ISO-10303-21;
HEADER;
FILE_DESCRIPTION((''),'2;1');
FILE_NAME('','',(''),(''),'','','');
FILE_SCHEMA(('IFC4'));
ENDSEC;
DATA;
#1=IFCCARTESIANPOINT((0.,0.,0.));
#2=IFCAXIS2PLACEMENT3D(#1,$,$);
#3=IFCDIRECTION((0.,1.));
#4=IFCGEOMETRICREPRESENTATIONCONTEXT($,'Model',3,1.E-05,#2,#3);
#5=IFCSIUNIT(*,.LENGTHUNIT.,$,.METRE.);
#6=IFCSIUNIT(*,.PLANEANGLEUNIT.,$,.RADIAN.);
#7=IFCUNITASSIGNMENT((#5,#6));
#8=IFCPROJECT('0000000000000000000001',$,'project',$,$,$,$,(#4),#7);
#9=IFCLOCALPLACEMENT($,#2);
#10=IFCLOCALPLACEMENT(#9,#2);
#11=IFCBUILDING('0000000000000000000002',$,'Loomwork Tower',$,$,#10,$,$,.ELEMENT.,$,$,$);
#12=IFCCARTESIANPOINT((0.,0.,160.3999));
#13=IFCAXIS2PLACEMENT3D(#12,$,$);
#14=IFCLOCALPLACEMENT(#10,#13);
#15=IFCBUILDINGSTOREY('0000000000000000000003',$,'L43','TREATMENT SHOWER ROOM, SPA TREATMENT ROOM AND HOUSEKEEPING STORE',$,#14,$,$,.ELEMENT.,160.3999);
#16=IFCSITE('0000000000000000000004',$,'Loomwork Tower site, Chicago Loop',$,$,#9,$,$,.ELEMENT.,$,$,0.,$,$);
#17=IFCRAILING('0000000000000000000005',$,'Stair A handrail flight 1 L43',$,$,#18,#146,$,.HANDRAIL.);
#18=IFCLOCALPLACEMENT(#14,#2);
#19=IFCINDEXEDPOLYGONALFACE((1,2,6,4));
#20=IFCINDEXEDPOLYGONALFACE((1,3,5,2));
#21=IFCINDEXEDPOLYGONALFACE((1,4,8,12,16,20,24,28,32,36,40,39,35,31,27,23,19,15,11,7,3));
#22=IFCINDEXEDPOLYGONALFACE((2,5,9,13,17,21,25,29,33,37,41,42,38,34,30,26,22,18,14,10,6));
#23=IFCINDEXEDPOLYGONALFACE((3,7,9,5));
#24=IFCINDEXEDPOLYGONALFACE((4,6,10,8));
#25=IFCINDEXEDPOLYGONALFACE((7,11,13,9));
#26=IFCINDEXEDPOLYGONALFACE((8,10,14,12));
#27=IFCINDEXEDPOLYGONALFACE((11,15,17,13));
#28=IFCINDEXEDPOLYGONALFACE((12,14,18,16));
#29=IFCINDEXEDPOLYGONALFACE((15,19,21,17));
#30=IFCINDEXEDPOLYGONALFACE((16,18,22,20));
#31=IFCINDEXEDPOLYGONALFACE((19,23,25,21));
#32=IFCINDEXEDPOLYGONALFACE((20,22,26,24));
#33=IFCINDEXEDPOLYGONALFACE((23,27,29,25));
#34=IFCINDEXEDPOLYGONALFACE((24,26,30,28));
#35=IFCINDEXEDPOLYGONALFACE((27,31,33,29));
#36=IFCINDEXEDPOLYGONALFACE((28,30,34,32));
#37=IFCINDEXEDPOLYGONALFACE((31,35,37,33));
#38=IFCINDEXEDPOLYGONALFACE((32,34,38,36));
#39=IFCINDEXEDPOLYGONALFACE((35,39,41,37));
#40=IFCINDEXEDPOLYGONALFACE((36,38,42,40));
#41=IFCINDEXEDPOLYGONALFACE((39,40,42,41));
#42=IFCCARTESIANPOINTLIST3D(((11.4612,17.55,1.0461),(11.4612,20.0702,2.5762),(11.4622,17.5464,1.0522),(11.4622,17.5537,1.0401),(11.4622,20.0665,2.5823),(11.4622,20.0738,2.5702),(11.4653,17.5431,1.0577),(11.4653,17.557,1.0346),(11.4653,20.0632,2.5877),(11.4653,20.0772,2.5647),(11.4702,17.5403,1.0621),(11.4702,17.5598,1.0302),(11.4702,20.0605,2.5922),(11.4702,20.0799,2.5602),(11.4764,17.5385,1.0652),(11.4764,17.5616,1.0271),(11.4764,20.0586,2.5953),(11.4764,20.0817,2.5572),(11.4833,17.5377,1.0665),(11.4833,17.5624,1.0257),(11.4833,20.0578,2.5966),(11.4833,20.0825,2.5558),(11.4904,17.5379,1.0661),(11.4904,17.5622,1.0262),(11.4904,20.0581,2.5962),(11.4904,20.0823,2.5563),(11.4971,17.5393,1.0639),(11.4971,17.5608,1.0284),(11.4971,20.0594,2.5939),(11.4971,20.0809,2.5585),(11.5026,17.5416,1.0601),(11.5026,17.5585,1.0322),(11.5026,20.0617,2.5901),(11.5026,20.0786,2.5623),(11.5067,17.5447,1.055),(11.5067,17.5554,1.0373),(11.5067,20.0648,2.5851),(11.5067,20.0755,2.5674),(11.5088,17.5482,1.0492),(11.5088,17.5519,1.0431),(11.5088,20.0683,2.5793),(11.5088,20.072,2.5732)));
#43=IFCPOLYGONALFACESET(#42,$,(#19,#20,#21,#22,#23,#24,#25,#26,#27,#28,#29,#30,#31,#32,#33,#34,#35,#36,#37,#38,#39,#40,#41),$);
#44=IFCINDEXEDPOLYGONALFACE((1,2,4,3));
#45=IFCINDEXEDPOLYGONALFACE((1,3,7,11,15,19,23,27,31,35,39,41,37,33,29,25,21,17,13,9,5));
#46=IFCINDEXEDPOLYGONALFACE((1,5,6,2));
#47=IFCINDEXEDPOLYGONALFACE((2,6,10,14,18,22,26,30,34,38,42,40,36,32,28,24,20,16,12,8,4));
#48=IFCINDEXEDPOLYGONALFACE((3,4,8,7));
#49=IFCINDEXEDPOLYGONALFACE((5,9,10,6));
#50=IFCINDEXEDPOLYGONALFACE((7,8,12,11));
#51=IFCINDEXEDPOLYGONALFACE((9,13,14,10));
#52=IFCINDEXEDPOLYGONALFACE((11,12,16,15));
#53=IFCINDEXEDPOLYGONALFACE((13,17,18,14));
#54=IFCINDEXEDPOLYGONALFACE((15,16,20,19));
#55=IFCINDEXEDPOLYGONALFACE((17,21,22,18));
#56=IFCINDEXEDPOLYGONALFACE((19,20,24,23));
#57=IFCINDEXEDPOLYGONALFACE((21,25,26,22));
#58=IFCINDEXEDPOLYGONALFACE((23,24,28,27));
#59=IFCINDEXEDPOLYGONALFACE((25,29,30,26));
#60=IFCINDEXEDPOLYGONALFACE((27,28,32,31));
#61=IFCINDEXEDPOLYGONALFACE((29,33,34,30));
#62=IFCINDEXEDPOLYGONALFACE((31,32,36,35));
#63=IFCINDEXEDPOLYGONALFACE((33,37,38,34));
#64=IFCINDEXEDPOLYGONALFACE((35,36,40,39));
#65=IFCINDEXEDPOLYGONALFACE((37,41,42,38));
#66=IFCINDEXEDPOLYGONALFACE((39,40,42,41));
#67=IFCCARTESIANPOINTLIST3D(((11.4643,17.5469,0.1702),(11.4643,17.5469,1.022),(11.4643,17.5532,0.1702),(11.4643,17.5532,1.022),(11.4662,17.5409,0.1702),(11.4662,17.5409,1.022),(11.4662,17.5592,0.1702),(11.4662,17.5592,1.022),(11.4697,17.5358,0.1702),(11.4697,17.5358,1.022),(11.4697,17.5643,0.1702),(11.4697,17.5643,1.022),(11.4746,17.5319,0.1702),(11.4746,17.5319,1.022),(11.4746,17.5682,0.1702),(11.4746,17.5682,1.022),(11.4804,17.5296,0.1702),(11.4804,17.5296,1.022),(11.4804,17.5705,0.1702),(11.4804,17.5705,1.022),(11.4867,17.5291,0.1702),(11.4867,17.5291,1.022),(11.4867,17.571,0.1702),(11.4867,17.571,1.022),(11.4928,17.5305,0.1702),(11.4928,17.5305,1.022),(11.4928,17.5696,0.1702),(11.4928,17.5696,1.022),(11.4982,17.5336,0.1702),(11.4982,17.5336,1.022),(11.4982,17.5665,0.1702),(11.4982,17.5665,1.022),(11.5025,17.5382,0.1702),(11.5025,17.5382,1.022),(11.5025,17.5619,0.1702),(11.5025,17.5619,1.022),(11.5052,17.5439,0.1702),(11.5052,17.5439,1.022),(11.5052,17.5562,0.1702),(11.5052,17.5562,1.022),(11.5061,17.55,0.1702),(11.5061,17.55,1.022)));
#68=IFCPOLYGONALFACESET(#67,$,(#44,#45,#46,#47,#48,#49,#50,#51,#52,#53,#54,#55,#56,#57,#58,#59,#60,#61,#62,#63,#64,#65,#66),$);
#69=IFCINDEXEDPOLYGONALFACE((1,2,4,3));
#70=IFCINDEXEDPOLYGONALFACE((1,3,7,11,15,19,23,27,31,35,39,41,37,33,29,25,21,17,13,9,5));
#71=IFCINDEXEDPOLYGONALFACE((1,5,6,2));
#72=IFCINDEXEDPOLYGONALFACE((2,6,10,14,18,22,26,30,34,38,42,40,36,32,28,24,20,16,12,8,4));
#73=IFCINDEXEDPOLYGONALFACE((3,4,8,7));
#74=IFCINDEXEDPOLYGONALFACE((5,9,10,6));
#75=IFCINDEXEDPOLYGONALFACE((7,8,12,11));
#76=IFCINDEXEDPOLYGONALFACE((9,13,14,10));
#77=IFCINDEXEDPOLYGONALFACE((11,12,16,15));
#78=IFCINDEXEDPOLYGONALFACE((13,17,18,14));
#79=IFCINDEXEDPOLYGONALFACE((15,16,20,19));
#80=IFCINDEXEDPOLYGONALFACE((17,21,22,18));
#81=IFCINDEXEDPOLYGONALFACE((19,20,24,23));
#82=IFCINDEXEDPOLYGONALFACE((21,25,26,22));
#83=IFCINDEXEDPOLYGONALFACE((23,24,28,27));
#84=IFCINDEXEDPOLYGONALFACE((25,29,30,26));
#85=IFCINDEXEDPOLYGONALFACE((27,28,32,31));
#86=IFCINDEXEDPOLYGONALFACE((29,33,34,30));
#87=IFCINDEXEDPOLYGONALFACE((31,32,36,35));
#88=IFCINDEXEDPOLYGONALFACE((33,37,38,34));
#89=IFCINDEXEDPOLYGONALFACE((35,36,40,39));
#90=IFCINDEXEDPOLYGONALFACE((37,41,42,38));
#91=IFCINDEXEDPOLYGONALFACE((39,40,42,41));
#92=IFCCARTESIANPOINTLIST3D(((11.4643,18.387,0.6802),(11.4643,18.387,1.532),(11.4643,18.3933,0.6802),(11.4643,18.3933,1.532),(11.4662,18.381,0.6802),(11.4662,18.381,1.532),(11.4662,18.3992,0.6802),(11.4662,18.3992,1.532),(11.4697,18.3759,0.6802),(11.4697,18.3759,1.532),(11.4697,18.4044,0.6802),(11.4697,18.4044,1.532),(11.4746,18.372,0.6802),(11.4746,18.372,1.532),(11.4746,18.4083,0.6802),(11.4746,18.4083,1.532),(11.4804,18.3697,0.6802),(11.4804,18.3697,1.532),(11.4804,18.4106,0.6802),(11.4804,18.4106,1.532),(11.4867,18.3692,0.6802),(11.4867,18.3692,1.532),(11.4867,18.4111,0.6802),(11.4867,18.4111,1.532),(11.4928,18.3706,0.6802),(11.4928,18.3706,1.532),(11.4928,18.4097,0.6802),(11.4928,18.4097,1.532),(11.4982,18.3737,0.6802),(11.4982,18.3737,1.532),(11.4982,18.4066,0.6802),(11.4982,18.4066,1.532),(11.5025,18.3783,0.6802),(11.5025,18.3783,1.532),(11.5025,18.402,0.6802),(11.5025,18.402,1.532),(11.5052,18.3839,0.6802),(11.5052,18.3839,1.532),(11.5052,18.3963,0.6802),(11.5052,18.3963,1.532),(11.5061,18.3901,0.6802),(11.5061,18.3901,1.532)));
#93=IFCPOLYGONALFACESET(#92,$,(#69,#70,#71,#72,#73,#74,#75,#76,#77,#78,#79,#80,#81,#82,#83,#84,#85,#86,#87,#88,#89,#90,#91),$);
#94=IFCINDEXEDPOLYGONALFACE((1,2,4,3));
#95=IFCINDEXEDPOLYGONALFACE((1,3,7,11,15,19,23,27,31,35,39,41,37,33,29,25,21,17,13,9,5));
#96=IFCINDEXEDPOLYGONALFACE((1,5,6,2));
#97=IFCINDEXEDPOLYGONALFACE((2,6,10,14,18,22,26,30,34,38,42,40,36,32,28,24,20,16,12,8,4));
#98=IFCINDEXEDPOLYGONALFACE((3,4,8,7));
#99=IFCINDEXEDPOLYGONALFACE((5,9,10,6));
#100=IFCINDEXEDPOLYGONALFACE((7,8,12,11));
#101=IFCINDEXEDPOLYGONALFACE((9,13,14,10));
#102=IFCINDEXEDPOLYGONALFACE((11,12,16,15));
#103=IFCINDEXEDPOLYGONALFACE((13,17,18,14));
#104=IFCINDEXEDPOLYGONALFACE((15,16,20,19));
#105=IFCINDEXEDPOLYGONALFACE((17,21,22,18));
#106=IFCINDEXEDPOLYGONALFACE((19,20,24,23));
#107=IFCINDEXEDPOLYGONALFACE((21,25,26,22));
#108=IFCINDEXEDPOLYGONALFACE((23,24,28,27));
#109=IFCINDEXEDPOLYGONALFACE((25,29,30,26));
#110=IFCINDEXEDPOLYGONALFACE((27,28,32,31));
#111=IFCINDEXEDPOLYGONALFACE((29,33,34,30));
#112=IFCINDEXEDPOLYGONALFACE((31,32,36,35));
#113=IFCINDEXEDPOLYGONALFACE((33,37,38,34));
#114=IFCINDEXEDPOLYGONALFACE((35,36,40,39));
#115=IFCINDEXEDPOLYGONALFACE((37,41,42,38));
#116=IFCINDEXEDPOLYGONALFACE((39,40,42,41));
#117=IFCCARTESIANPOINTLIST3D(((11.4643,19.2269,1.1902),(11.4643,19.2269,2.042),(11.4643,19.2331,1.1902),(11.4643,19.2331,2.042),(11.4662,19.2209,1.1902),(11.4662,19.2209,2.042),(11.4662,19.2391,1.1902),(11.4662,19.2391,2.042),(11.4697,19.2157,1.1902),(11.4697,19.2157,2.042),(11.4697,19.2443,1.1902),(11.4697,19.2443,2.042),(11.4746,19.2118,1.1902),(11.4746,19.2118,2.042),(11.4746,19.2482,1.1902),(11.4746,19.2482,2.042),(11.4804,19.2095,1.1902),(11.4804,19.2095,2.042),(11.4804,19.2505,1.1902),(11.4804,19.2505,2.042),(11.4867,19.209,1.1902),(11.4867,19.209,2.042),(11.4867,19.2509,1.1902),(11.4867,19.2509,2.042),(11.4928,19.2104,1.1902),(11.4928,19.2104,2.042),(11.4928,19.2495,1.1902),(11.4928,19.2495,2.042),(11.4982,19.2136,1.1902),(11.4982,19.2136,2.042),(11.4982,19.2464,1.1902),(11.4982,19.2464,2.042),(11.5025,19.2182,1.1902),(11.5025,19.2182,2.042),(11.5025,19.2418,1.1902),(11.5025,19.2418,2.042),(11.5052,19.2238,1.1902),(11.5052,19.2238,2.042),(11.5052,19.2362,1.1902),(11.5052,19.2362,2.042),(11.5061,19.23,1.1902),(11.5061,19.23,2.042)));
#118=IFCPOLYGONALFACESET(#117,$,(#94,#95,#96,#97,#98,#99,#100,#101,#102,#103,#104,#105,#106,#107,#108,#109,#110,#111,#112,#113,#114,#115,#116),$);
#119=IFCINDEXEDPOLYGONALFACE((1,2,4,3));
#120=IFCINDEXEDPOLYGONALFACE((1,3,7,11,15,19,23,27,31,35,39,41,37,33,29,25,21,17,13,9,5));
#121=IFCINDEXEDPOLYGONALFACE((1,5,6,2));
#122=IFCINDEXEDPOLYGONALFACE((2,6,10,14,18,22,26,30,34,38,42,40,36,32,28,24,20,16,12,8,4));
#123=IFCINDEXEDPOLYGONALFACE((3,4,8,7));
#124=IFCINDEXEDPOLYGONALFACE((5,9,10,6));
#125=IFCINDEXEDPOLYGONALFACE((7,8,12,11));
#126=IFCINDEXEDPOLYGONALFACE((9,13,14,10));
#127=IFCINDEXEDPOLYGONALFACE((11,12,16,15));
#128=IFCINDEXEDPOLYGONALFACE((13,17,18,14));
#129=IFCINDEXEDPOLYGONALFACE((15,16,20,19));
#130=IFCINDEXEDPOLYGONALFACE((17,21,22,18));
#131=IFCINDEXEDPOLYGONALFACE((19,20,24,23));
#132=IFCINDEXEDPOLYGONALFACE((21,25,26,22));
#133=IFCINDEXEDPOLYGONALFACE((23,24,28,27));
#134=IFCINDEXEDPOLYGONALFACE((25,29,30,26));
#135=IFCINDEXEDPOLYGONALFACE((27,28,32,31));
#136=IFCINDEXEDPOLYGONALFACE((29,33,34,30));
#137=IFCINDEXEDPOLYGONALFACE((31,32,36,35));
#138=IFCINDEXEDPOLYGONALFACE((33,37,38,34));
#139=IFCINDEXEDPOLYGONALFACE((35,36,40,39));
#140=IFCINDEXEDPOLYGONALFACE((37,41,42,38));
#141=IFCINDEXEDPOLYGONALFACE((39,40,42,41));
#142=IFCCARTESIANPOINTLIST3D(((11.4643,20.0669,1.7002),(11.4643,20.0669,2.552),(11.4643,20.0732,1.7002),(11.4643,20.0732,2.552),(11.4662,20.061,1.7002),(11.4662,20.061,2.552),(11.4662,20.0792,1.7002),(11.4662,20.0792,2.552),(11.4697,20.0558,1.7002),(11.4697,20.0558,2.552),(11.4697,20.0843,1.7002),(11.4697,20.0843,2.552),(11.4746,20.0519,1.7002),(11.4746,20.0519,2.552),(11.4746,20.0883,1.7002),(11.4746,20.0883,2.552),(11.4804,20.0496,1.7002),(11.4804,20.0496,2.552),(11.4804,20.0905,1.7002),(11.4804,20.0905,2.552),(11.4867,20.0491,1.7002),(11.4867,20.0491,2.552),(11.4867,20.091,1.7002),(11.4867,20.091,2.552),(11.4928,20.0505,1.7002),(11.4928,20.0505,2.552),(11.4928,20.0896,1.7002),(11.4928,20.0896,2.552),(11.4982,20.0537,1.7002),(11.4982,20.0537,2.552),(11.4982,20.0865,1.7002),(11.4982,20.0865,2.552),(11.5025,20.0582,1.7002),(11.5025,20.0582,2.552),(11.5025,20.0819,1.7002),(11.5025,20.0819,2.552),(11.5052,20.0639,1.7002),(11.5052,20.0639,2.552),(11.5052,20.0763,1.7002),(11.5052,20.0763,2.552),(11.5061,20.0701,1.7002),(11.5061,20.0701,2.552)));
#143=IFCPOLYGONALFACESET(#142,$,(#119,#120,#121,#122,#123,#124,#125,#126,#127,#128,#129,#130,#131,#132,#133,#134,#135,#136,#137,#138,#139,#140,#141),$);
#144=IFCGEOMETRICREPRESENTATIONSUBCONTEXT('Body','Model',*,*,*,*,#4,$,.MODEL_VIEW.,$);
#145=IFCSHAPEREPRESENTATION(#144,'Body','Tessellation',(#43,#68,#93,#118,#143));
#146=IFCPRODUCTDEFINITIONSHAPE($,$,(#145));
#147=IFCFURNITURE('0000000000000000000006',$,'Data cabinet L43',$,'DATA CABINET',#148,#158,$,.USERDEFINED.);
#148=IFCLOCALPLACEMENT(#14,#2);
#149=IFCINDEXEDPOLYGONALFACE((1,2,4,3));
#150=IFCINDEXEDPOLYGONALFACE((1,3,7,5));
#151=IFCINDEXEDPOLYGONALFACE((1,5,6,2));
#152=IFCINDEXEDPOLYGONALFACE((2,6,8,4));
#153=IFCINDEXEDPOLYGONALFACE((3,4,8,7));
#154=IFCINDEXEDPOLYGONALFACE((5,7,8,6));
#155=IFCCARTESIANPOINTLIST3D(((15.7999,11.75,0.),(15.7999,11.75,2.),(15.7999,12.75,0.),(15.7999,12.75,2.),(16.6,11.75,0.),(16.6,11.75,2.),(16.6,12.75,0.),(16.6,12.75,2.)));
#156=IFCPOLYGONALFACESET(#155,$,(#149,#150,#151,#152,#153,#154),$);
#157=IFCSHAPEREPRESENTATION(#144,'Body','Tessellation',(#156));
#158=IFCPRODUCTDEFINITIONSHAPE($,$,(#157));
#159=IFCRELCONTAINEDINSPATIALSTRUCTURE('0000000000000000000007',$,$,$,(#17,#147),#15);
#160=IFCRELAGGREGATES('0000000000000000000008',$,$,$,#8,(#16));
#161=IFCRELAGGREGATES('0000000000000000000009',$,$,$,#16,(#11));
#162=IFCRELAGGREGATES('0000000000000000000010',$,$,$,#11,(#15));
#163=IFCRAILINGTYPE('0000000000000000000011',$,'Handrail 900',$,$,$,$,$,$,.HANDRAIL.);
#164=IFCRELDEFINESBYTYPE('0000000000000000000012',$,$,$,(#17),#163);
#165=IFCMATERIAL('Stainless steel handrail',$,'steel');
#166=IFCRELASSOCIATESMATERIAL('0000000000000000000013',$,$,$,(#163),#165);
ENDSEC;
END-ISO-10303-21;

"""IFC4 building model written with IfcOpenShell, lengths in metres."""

from ifc_helpers import new_model, si_unit, direction, frame, origin, origin_2d, place, context, subcontext, project, spatial, rectangle, circle, extrude, material, type_object, element, save


model = new_model("IFC4")

# Units and contexts
model_context = context("Model", 3, precision=1e-05, world=origin(), true_north=direction((0.0, 1.0)))
body_context = subcontext(model_context, "Body", "Model", "MODEL_VIEW")
ifc_project = project(units=[si_unit("LENGTHUNIT", "METRE"), si_unit("PLANEANGLEUNIT", "RADIAN")], contexts=[model_context])

# Site, building, storey
site_placement = place(None, origin())
site = spatial("IfcSite", under=ifc_project, at=site_placement, Name="Loomwork Tower site, Chicago Loop", CompositionType="ELEMENT", RefElevation=0.0)
building_placement = place(site_placement, origin())
building = spatial("IfcBuilding", under=site, at=building_placement, Name="Loomwork Tower", CompositionType="ELEMENT")
storey_placement = place(building_placement, frame((0.0, 0.0, 160.3999)))
storey = spatial("IfcBuildingStorey", under=building, at=storey_placement, Name="L43", Description="TREATMENT SHOWER ROOM, SPA TREATMENT ROOM AND HOUSEKEEPING STORE", CompositionType="ELEMENT", Elevation=160.3999)

# Railing
ifc_material_1 = material(Name="Stainless steel handrail", Category="steel")
railing_type = type_object("IfcRailingType", Name="Handrail 900", PredefinedType="HANDRAIL", material=ifc_material_1)
railing_placement = place(storey_placement, frame((11.4851, 17.55, 0.1702)))
element("IfcRailing", 1, at=railing_placement, inside=storey, type_object=railing_type, Name="Stair A handrail flight 1 L43", PredefinedType="HANDRAIL", context=body_context, shape_type="SweptSolid", body=[
    extrude(circle(Radius=0.0239, at=origin_2d()), frame((0.0, 0.0, 0.876), z_axis=(0.0, 0.854785, 0.518982), x_axis=(-1.0, 0.0, 0.0)), (0.0, 0.0, 1.0), 2.9482),
    extrude(circle(Radius=0.021, at=origin_2d()), origin(), (0.0, 0.0, 1.0), 0.8518),
    extrude(circle(Radius=0.021, at=origin_2d()), frame((0.0, 0.8401, 0.51)), (0.0, 0.0, 1.0), 0.8518),
    extrude(circle(Radius=0.021, at=origin_2d()), frame((0.0, 1.6799, 1.02)), (0.0, 0.0, 1.0), 0.8518),
    extrude(circle(Radius=0.021, at=origin_2d()), frame((0.0, 2.52, 1.53)), (0.0, 0.0, 1.0), 0.8518),
])

# Furniture
furniture_placement = place(storey_placement, frame((16.2, 12.25, 0.0), z_axis=(0.0, 0.0, 1.0), x_axis=(1.0, 0.0, 0.0)))
element("IfcFurniture", 2, at=furniture_placement, inside=storey, Name="Data cabinet L43", ObjectType="DATA CABINET", PredefinedType="USERDEFINED", context=body_context, shape_type="SweptSolid", body=[
    extrude(rectangle(XDim=0.8, YDim=1.0, at=origin_2d()), origin(), (0.0, 0.0, 1.0), 2.0),
])

save(model, "model.ifc")
